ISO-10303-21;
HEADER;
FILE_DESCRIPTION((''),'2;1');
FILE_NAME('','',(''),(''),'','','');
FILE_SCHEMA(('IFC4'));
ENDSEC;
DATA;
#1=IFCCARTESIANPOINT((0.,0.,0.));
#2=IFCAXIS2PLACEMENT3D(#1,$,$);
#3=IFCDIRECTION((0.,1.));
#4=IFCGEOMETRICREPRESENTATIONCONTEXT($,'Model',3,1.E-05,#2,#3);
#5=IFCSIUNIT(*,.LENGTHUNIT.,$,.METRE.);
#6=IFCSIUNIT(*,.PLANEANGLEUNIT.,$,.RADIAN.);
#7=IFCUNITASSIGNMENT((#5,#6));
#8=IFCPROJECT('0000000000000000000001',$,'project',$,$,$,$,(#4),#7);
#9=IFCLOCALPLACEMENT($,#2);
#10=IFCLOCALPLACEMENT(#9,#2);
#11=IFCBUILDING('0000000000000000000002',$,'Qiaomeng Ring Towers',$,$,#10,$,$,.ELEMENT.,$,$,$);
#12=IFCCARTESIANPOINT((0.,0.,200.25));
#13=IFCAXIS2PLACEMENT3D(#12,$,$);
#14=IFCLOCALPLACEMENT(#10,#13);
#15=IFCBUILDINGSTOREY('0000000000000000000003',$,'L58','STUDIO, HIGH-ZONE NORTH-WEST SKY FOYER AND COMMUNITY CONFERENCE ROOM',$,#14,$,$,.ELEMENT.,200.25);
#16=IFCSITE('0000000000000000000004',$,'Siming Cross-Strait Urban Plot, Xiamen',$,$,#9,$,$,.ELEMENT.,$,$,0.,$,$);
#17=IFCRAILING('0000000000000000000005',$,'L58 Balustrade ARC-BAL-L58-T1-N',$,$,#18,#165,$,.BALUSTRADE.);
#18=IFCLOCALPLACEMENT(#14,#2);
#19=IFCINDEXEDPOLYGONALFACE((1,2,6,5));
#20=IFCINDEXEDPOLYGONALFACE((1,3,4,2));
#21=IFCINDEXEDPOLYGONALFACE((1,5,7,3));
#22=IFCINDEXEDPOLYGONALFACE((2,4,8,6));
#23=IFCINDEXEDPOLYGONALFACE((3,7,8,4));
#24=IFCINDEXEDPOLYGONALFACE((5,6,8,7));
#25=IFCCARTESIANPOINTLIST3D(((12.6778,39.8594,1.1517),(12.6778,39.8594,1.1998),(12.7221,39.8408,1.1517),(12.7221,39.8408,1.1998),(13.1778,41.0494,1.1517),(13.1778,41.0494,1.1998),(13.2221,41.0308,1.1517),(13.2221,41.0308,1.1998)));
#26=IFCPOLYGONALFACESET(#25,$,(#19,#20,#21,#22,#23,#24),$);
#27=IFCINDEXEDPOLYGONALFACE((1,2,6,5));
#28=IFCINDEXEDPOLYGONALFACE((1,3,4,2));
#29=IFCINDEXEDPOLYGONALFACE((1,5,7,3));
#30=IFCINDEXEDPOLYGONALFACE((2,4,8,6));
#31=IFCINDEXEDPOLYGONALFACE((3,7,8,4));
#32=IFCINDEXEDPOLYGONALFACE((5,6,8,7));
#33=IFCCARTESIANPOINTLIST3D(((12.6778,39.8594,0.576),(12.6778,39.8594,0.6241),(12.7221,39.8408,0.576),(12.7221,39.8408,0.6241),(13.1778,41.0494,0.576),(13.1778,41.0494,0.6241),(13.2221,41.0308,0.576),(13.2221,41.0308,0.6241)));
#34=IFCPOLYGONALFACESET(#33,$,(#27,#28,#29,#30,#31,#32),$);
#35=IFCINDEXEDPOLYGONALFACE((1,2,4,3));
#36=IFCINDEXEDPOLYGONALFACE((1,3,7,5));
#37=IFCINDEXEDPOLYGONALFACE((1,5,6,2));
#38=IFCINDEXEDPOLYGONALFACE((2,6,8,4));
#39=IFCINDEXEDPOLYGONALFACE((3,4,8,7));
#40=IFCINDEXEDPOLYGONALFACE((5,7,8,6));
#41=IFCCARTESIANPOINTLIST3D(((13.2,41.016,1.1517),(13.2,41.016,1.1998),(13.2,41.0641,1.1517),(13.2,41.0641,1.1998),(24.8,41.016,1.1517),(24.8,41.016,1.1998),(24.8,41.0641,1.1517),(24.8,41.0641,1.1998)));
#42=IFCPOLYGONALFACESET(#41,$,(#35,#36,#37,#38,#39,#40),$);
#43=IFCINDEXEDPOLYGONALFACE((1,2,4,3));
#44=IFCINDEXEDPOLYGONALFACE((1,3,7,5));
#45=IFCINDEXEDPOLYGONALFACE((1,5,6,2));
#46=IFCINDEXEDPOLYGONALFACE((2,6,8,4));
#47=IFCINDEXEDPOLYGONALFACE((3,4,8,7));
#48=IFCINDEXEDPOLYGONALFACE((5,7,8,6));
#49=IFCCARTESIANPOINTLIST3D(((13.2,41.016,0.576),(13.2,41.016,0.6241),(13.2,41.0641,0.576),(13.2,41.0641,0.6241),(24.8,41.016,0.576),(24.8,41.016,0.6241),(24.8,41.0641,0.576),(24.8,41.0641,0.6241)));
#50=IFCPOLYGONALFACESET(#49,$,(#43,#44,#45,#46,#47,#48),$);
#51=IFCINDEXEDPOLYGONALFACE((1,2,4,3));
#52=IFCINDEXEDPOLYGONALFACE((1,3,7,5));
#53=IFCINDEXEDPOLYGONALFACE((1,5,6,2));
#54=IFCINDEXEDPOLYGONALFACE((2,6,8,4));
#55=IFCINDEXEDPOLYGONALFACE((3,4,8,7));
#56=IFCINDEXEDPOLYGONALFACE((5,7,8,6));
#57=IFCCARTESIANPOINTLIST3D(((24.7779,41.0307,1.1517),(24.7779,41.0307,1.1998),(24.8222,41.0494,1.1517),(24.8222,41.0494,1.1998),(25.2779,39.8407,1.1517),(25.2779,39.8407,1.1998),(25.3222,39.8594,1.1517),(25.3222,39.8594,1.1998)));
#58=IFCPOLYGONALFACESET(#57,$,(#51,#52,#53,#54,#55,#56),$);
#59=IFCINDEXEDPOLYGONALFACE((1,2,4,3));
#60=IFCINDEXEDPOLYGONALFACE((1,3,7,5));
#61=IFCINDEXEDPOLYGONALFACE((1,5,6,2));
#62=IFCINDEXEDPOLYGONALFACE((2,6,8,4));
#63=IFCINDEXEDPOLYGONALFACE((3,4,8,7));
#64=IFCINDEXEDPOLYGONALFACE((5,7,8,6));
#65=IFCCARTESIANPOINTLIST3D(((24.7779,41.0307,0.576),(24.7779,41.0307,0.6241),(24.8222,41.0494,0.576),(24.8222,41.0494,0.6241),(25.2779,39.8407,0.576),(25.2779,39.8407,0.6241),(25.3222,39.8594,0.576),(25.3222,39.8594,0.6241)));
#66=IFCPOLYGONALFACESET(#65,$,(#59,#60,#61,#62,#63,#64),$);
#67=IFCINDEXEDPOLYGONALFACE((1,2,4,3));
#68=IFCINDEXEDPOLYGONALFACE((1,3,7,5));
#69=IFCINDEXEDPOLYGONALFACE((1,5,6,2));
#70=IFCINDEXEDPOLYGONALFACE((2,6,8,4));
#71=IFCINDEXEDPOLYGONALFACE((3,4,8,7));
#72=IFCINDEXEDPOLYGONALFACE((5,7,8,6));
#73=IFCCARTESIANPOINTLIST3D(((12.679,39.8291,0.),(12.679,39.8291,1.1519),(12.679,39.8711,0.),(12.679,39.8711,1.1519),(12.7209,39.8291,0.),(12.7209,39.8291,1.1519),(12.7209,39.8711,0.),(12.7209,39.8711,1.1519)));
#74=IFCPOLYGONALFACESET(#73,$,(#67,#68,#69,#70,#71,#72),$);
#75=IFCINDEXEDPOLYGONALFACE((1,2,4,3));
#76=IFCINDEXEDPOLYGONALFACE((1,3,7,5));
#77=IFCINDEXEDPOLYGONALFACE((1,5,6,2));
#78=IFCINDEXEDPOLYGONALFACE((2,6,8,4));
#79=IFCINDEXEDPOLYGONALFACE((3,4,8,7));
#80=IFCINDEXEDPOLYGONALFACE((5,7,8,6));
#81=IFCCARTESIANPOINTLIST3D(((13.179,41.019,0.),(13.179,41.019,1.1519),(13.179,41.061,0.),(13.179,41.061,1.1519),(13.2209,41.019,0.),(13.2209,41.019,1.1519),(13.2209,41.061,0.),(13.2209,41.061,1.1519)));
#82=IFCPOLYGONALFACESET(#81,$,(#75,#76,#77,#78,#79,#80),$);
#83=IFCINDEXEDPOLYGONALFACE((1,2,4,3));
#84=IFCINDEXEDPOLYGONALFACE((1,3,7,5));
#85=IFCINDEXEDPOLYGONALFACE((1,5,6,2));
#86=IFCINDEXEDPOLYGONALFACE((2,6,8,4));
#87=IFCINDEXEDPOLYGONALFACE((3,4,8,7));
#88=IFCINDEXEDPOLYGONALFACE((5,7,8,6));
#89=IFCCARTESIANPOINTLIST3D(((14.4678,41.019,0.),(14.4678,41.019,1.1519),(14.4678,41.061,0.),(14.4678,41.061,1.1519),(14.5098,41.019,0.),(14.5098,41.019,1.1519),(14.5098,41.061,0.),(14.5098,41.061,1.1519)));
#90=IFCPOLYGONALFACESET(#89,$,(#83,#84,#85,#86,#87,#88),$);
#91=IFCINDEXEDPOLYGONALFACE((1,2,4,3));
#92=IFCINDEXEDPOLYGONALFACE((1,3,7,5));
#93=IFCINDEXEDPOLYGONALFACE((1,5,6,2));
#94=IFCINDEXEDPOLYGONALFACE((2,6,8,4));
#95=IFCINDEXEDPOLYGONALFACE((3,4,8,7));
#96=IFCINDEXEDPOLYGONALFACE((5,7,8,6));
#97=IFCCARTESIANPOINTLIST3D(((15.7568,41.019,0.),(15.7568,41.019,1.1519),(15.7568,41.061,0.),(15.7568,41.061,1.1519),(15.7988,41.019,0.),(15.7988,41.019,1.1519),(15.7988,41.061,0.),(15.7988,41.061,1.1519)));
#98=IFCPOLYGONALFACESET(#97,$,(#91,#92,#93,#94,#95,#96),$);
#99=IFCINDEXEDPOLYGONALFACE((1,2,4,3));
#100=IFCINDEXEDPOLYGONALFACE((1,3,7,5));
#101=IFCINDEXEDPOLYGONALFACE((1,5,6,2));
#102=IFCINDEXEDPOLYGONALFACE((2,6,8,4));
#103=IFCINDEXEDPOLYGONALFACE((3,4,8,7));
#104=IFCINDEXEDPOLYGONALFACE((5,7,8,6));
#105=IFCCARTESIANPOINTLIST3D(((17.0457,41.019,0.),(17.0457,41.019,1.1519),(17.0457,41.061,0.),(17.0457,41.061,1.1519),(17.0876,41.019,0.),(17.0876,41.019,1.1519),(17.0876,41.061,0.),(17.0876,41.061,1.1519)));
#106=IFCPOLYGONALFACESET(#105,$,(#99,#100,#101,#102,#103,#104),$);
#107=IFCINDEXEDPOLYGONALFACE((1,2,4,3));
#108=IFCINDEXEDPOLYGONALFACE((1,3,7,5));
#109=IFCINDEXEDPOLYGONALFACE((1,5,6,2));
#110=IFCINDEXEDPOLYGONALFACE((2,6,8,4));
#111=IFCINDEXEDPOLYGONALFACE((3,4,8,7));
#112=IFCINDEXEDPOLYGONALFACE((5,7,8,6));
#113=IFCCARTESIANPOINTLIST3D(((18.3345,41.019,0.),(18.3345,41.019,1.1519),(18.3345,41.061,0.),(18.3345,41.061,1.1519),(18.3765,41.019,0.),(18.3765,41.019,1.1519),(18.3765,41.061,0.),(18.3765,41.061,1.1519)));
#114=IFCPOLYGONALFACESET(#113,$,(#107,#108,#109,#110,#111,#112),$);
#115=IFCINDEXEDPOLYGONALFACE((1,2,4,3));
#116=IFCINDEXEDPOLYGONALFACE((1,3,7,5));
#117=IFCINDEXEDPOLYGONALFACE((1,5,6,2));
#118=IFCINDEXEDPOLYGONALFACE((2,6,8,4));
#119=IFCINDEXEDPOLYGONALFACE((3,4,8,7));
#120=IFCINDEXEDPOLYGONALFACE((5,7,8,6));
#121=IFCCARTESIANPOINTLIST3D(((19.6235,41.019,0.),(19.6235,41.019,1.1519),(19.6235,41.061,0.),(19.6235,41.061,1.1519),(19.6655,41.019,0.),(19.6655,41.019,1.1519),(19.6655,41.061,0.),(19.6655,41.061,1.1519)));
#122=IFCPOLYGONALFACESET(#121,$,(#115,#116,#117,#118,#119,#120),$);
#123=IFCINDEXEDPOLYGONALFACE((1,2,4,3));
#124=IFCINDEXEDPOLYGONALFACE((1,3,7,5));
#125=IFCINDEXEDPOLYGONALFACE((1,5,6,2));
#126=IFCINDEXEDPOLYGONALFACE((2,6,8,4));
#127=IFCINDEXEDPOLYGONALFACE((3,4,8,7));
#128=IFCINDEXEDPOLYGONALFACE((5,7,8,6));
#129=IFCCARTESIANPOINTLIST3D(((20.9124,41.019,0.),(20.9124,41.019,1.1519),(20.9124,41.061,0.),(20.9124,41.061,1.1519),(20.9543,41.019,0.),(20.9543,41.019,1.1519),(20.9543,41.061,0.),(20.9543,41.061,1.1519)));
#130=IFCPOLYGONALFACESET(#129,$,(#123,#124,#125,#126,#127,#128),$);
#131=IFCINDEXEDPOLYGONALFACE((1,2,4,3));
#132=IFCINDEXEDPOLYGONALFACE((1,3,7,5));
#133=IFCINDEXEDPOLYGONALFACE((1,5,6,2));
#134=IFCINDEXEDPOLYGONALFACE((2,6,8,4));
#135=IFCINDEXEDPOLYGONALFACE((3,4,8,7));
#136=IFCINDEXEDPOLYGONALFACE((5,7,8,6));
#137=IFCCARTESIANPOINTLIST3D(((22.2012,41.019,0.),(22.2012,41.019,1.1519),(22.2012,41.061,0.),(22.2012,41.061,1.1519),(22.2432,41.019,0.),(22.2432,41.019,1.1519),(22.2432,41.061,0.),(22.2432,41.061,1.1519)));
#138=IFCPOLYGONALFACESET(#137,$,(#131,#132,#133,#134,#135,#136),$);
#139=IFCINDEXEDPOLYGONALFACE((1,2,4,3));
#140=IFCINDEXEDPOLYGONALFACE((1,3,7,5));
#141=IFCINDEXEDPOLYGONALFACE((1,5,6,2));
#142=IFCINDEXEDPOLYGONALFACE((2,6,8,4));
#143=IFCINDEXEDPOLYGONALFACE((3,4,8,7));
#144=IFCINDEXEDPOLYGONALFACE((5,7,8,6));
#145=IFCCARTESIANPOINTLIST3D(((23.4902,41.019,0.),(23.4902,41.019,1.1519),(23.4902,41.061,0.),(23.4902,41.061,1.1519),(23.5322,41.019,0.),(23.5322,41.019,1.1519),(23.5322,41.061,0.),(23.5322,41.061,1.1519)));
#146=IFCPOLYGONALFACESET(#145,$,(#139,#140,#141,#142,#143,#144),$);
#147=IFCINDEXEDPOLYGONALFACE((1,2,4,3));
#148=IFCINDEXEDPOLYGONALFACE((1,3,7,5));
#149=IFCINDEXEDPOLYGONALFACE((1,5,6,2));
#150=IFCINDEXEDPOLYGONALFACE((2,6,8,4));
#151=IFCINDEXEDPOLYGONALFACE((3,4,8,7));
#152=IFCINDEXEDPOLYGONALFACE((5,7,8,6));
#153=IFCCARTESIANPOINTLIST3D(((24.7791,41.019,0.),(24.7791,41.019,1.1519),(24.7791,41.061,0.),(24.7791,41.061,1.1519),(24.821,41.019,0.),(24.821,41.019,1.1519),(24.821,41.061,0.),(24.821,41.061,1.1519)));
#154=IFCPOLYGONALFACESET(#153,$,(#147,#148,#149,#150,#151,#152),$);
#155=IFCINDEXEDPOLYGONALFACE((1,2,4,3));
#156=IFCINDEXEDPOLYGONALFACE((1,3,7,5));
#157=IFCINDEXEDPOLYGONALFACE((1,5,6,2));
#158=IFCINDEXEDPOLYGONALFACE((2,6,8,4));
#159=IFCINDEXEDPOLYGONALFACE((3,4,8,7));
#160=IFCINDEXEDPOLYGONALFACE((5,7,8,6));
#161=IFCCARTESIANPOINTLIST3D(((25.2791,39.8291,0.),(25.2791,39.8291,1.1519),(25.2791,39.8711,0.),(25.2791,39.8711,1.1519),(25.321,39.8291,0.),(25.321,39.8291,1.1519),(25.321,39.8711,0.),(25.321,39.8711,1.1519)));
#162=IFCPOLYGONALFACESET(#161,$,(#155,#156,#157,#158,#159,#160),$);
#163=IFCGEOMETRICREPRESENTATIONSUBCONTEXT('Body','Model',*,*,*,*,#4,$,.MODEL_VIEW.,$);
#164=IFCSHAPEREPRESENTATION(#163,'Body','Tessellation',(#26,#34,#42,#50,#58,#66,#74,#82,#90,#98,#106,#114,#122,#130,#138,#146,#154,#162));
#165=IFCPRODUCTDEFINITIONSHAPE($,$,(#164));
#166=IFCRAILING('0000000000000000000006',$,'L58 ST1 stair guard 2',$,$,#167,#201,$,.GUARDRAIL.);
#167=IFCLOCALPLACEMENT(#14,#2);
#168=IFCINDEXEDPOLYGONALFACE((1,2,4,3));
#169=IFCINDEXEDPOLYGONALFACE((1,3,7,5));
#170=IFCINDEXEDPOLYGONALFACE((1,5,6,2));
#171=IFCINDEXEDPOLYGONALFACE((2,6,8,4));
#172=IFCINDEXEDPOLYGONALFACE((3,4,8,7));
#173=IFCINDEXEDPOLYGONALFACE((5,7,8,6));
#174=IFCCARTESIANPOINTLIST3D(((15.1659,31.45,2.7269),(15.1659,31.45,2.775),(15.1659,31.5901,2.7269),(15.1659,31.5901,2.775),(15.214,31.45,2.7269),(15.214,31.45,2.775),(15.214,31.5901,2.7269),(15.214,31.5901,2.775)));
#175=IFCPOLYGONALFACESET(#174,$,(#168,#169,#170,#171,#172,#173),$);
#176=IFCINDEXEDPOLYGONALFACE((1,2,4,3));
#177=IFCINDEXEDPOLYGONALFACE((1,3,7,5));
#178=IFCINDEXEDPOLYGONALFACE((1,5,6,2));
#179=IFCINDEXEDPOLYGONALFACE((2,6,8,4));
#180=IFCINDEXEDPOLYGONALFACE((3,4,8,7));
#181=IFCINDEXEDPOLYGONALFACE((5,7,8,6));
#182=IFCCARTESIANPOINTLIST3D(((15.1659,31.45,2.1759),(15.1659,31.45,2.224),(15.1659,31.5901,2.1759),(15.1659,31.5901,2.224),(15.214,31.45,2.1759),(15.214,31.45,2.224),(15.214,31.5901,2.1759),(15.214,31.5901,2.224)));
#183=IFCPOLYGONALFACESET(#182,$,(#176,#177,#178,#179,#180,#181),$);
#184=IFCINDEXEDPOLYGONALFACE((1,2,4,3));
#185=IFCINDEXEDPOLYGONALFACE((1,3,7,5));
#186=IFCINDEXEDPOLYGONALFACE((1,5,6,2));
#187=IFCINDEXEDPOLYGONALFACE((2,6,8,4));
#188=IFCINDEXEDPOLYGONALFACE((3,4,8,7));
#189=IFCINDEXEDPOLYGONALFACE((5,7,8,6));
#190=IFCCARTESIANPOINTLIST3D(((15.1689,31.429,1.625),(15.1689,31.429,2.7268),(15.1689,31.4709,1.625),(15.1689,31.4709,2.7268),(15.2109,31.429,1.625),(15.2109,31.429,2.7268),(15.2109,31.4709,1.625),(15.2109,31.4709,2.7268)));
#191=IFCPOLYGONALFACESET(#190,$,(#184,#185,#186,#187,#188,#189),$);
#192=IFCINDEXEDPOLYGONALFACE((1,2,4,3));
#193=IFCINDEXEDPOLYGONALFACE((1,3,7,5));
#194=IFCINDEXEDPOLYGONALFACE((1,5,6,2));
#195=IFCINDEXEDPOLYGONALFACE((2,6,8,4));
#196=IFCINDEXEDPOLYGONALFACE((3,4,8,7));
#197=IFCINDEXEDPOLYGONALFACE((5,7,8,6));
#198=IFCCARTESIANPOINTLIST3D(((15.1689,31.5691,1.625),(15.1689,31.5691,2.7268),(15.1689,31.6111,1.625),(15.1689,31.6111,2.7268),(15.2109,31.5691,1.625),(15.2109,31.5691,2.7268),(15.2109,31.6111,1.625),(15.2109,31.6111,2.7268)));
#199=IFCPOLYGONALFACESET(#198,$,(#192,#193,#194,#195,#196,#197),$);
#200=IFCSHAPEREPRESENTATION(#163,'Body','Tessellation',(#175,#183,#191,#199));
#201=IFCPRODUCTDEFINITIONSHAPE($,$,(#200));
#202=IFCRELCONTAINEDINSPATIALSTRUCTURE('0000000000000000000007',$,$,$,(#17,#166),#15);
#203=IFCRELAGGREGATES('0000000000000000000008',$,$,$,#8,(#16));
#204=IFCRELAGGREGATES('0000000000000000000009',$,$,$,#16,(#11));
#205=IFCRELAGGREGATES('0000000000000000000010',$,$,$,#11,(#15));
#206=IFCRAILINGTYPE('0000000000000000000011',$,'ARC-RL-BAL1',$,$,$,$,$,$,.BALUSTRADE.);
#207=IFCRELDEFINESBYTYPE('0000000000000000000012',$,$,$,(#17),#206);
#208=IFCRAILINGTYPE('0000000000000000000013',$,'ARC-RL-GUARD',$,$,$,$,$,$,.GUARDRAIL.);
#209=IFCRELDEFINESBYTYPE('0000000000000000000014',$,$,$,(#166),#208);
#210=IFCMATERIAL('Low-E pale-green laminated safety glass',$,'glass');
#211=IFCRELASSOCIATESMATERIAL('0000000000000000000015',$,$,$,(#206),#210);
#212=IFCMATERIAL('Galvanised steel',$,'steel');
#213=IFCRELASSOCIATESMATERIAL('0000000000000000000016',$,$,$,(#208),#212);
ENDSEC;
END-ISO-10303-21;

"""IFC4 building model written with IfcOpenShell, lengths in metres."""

from ifc_helpers import new_model, si_unit, direction, frame, origin, origin_2d, place, context, subcontext, project, spatial, rectangle, extrude, material, type_object, element, save


model = new_model("IFC4")

# Units and contexts
model_context = context("Model", 3, precision=1e-05, world=origin(), true_north=direction((0.0, 1.0)))
body_context = subcontext(model_context, "Body", "Model", "MODEL_VIEW")
ifc_project = project(units=[si_unit("LENGTHUNIT", "METRE"), si_unit("PLANEANGLEUNIT", "RADIAN")], contexts=[model_context])

# Site, building, storey
site_placement = place(None, origin())
site = spatial("IfcSite", under=ifc_project, at=site_placement, Name="Siming Cross-Strait Urban Plot, Xiamen", CompositionType="ELEMENT", RefElevation=0.0)
building_placement = place(site_placement, origin())
building = spatial("IfcBuilding", under=site, at=building_placement, Name="Qiaomeng Ring Towers", CompositionType="ELEMENT")
storey_placement = place(building_placement, frame((0.0, 0.0, 200.25)))
storey = spatial("IfcBuildingStorey", under=building, at=storey_placement, Name="L58", Description="STUDIO, HIGH-ZONE NORTH-WEST SKY FOYER AND COMMUNITY CONFERENCE ROOM", CompositionType="ELEMENT", Elevation=200.25)

# Shared definitions
ifc_material_1 = material(Name="Galvanised steel", Category="steel")

# Railings
ifc_material_2 = material(Name="Low-E pale-green laminated safety glass", Category="glass")
railing_type_1 = type_object("IfcRailingType", Name="ARC-RL-BAL1", PredefinedType="BALUSTRADE", material=ifc_material_2)
railing_1_placement = place(storey_placement, frame((12.7, 39.8501, 0.0)))
element("IfcRailing", 1, at=railing_1_placement, inside=storey, type_object=railing_type_1, Name="L58 Balustrade ARC-BAL-L58-T1-N", PredefinedType="BALUSTRADE", context=body_context, shape_type="SweptSolid", body=[
    extrude(rectangle(XDim=0.0481, YDim=0.0481, at=origin_2d()), frame((0.0, 0.0, 1.1758), z_axis=(0.38738, 0.92192, 0.0), x_axis=(-0.92192, 0.38738, 0.0)), (0.0, 0.0, 1.0), 1.2908),
    extrude(rectangle(XDim=0.0481, YDim=0.0481, at=origin_2d()), frame((0.0, 0.0, 0.6001), z_axis=(0.38738, 0.92192, 0.0), x_axis=(-0.92192, 0.38738, 0.0)), (0.0, 0.0, 1.0), 1.2908),
    extrude(rectangle(XDim=0.0481, YDim=0.0481, at=origin_2d()), frame((0.5, 1.1899, 1.1758), z_axis=(1.0, 0.0, 0.0), x_axis=(0.0, 1.0, 0.0)), (0.0, 0.0, 1.0), 11.6001),
    extrude(rectangle(XDim=0.0481, YDim=0.0481, at=origin_2d()), frame((0.5, 1.1899, 0.6001), z_axis=(1.0, 0.0, 0.0), x_axis=(0.0, 1.0, 0.0)), (0.0, 0.0, 1.0), 11.6001),
    extrude(rectangle(XDim=0.0481, YDim=0.0481, at=origin_2d()), frame((12.1001, 1.1899, 1.1758), z_axis=(0.38738, -0.92192, 0.0), x_axis=(0.92192, 0.38738, 0.0)), (0.0, 0.0, 1.0), 1.2908),
    extrude(rectangle(XDim=0.0481, YDim=0.0481, at=origin_2d()), frame((12.1001, 1.1899, 0.6001), z_axis=(0.38738, -0.92192, 0.0), x_axis=(0.92192, 0.38738, 0.0)), (0.0, 0.0, 1.0), 1.2908),
    extrude(rectangle(XDim=0.042, YDim=0.042, at=origin_2d()), origin(), (0.0, 0.0, 1.0), 1.1519),
    extrude(rectangle(XDim=0.042, YDim=0.042, at=origin_2d()), frame((0.5, 1.1899, 0.0)), (0.0, 0.0, 1.0), 1.1519),
    extrude(rectangle(XDim=0.042, YDim=0.042, at=origin_2d()), frame((1.7888, 1.1899, 0.0)), (0.0, 0.0, 1.0), 1.1519),
    extrude(rectangle(XDim=0.042, YDim=0.042, at=origin_2d()), frame((3.0779, 1.1899, 0.0)), (0.0, 0.0, 1.0), 1.1519),
    extrude(rectangle(XDim=0.042, YDim=0.042, at=origin_2d()), frame((4.3667, 1.1899, 0.0)), (0.0, 0.0, 1.0), 1.1519),
    extrude(rectangle(XDim=0.042, YDim=0.042, at=origin_2d()), frame((5.6555, 1.1899, 0.0)), (0.0, 0.0, 1.0), 1.1519),
    extrude(rectangle(XDim=0.042, YDim=0.042, at=origin_2d()), frame((6.9446, 1.1899, 0.0)), (0.0, 0.0, 1.0), 1.1519),
    extrude(rectangle(XDim=0.042, YDim=0.042, at=origin_2d()), frame((8.2334, 1.1899, 0.0)), (0.0, 0.0, 1.0), 1.1519),
    extrude(rectangle(XDim=0.042, YDim=0.042, at=origin_2d()), frame((9.5222, 1.1899, 0.0)), (0.0, 0.0, 1.0), 1.1519),
    extrude(rectangle(XDim=0.042, YDim=0.042, at=origin_2d()), frame((10.8113, 1.1899, 0.0)), (0.0, 0.0, 1.0), 1.1519),
    extrude(rectangle(XDim=0.042, YDim=0.042, at=origin_2d()), frame((12.1001, 1.1899, 0.0)), (0.0, 0.0, 1.0), 1.1519),
    extrude(rectangle(XDim=0.042, YDim=0.042, at=origin_2d()), frame((12.6001, 0.0, 0.0)), (0.0, 0.0, 1.0), 1.1519),
])
railing_type_2 = type_object("IfcRailingType", Name="ARC-RL-GUARD", PredefinedType="GUARDRAIL", material=ifc_material_1)
railing_2_placement = place(storey_placement, frame((15.1899, 31.45, 1.625)))
element("IfcRailing", 2, at=railing_2_placement, inside=storey, type_object=railing_type_2, Name="L58 ST1 stair guard 2", PredefinedType="GUARDRAIL", context=body_context, shape_type="SweptSolid", body=[
    extrude(rectangle(XDim=0.0481, YDim=0.0481, at=origin_2d()), frame((0.0, 0.0, 1.126), z_axis=(0.0, 1.0, 0.0), x_axis=(-1.0, 0.0, 0.0)), (0.0, 0.0, 1.0), 0.1401),
    extrude(rectangle(XDim=0.0481, YDim=0.0481, at=origin_2d()), frame((0.0, 0.0, 0.575), z_axis=(0.0, 1.0, 0.0), x_axis=(-1.0, 0.0, 0.0)), (0.0, 0.0, 1.0), 0.1401),
    extrude(rectangle(XDim=0.042, YDim=0.042, at=origin_2d()), origin(), (0.0, 0.0, 1.0), 1.1018),
    extrude(rectangle(XDim=0.042, YDim=0.042, at=origin_2d()), frame((0.0, 0.1401, 0.0)), (0.0, 0.0, 1.0), 1.1018),
])

save(model, "model.ifc")
